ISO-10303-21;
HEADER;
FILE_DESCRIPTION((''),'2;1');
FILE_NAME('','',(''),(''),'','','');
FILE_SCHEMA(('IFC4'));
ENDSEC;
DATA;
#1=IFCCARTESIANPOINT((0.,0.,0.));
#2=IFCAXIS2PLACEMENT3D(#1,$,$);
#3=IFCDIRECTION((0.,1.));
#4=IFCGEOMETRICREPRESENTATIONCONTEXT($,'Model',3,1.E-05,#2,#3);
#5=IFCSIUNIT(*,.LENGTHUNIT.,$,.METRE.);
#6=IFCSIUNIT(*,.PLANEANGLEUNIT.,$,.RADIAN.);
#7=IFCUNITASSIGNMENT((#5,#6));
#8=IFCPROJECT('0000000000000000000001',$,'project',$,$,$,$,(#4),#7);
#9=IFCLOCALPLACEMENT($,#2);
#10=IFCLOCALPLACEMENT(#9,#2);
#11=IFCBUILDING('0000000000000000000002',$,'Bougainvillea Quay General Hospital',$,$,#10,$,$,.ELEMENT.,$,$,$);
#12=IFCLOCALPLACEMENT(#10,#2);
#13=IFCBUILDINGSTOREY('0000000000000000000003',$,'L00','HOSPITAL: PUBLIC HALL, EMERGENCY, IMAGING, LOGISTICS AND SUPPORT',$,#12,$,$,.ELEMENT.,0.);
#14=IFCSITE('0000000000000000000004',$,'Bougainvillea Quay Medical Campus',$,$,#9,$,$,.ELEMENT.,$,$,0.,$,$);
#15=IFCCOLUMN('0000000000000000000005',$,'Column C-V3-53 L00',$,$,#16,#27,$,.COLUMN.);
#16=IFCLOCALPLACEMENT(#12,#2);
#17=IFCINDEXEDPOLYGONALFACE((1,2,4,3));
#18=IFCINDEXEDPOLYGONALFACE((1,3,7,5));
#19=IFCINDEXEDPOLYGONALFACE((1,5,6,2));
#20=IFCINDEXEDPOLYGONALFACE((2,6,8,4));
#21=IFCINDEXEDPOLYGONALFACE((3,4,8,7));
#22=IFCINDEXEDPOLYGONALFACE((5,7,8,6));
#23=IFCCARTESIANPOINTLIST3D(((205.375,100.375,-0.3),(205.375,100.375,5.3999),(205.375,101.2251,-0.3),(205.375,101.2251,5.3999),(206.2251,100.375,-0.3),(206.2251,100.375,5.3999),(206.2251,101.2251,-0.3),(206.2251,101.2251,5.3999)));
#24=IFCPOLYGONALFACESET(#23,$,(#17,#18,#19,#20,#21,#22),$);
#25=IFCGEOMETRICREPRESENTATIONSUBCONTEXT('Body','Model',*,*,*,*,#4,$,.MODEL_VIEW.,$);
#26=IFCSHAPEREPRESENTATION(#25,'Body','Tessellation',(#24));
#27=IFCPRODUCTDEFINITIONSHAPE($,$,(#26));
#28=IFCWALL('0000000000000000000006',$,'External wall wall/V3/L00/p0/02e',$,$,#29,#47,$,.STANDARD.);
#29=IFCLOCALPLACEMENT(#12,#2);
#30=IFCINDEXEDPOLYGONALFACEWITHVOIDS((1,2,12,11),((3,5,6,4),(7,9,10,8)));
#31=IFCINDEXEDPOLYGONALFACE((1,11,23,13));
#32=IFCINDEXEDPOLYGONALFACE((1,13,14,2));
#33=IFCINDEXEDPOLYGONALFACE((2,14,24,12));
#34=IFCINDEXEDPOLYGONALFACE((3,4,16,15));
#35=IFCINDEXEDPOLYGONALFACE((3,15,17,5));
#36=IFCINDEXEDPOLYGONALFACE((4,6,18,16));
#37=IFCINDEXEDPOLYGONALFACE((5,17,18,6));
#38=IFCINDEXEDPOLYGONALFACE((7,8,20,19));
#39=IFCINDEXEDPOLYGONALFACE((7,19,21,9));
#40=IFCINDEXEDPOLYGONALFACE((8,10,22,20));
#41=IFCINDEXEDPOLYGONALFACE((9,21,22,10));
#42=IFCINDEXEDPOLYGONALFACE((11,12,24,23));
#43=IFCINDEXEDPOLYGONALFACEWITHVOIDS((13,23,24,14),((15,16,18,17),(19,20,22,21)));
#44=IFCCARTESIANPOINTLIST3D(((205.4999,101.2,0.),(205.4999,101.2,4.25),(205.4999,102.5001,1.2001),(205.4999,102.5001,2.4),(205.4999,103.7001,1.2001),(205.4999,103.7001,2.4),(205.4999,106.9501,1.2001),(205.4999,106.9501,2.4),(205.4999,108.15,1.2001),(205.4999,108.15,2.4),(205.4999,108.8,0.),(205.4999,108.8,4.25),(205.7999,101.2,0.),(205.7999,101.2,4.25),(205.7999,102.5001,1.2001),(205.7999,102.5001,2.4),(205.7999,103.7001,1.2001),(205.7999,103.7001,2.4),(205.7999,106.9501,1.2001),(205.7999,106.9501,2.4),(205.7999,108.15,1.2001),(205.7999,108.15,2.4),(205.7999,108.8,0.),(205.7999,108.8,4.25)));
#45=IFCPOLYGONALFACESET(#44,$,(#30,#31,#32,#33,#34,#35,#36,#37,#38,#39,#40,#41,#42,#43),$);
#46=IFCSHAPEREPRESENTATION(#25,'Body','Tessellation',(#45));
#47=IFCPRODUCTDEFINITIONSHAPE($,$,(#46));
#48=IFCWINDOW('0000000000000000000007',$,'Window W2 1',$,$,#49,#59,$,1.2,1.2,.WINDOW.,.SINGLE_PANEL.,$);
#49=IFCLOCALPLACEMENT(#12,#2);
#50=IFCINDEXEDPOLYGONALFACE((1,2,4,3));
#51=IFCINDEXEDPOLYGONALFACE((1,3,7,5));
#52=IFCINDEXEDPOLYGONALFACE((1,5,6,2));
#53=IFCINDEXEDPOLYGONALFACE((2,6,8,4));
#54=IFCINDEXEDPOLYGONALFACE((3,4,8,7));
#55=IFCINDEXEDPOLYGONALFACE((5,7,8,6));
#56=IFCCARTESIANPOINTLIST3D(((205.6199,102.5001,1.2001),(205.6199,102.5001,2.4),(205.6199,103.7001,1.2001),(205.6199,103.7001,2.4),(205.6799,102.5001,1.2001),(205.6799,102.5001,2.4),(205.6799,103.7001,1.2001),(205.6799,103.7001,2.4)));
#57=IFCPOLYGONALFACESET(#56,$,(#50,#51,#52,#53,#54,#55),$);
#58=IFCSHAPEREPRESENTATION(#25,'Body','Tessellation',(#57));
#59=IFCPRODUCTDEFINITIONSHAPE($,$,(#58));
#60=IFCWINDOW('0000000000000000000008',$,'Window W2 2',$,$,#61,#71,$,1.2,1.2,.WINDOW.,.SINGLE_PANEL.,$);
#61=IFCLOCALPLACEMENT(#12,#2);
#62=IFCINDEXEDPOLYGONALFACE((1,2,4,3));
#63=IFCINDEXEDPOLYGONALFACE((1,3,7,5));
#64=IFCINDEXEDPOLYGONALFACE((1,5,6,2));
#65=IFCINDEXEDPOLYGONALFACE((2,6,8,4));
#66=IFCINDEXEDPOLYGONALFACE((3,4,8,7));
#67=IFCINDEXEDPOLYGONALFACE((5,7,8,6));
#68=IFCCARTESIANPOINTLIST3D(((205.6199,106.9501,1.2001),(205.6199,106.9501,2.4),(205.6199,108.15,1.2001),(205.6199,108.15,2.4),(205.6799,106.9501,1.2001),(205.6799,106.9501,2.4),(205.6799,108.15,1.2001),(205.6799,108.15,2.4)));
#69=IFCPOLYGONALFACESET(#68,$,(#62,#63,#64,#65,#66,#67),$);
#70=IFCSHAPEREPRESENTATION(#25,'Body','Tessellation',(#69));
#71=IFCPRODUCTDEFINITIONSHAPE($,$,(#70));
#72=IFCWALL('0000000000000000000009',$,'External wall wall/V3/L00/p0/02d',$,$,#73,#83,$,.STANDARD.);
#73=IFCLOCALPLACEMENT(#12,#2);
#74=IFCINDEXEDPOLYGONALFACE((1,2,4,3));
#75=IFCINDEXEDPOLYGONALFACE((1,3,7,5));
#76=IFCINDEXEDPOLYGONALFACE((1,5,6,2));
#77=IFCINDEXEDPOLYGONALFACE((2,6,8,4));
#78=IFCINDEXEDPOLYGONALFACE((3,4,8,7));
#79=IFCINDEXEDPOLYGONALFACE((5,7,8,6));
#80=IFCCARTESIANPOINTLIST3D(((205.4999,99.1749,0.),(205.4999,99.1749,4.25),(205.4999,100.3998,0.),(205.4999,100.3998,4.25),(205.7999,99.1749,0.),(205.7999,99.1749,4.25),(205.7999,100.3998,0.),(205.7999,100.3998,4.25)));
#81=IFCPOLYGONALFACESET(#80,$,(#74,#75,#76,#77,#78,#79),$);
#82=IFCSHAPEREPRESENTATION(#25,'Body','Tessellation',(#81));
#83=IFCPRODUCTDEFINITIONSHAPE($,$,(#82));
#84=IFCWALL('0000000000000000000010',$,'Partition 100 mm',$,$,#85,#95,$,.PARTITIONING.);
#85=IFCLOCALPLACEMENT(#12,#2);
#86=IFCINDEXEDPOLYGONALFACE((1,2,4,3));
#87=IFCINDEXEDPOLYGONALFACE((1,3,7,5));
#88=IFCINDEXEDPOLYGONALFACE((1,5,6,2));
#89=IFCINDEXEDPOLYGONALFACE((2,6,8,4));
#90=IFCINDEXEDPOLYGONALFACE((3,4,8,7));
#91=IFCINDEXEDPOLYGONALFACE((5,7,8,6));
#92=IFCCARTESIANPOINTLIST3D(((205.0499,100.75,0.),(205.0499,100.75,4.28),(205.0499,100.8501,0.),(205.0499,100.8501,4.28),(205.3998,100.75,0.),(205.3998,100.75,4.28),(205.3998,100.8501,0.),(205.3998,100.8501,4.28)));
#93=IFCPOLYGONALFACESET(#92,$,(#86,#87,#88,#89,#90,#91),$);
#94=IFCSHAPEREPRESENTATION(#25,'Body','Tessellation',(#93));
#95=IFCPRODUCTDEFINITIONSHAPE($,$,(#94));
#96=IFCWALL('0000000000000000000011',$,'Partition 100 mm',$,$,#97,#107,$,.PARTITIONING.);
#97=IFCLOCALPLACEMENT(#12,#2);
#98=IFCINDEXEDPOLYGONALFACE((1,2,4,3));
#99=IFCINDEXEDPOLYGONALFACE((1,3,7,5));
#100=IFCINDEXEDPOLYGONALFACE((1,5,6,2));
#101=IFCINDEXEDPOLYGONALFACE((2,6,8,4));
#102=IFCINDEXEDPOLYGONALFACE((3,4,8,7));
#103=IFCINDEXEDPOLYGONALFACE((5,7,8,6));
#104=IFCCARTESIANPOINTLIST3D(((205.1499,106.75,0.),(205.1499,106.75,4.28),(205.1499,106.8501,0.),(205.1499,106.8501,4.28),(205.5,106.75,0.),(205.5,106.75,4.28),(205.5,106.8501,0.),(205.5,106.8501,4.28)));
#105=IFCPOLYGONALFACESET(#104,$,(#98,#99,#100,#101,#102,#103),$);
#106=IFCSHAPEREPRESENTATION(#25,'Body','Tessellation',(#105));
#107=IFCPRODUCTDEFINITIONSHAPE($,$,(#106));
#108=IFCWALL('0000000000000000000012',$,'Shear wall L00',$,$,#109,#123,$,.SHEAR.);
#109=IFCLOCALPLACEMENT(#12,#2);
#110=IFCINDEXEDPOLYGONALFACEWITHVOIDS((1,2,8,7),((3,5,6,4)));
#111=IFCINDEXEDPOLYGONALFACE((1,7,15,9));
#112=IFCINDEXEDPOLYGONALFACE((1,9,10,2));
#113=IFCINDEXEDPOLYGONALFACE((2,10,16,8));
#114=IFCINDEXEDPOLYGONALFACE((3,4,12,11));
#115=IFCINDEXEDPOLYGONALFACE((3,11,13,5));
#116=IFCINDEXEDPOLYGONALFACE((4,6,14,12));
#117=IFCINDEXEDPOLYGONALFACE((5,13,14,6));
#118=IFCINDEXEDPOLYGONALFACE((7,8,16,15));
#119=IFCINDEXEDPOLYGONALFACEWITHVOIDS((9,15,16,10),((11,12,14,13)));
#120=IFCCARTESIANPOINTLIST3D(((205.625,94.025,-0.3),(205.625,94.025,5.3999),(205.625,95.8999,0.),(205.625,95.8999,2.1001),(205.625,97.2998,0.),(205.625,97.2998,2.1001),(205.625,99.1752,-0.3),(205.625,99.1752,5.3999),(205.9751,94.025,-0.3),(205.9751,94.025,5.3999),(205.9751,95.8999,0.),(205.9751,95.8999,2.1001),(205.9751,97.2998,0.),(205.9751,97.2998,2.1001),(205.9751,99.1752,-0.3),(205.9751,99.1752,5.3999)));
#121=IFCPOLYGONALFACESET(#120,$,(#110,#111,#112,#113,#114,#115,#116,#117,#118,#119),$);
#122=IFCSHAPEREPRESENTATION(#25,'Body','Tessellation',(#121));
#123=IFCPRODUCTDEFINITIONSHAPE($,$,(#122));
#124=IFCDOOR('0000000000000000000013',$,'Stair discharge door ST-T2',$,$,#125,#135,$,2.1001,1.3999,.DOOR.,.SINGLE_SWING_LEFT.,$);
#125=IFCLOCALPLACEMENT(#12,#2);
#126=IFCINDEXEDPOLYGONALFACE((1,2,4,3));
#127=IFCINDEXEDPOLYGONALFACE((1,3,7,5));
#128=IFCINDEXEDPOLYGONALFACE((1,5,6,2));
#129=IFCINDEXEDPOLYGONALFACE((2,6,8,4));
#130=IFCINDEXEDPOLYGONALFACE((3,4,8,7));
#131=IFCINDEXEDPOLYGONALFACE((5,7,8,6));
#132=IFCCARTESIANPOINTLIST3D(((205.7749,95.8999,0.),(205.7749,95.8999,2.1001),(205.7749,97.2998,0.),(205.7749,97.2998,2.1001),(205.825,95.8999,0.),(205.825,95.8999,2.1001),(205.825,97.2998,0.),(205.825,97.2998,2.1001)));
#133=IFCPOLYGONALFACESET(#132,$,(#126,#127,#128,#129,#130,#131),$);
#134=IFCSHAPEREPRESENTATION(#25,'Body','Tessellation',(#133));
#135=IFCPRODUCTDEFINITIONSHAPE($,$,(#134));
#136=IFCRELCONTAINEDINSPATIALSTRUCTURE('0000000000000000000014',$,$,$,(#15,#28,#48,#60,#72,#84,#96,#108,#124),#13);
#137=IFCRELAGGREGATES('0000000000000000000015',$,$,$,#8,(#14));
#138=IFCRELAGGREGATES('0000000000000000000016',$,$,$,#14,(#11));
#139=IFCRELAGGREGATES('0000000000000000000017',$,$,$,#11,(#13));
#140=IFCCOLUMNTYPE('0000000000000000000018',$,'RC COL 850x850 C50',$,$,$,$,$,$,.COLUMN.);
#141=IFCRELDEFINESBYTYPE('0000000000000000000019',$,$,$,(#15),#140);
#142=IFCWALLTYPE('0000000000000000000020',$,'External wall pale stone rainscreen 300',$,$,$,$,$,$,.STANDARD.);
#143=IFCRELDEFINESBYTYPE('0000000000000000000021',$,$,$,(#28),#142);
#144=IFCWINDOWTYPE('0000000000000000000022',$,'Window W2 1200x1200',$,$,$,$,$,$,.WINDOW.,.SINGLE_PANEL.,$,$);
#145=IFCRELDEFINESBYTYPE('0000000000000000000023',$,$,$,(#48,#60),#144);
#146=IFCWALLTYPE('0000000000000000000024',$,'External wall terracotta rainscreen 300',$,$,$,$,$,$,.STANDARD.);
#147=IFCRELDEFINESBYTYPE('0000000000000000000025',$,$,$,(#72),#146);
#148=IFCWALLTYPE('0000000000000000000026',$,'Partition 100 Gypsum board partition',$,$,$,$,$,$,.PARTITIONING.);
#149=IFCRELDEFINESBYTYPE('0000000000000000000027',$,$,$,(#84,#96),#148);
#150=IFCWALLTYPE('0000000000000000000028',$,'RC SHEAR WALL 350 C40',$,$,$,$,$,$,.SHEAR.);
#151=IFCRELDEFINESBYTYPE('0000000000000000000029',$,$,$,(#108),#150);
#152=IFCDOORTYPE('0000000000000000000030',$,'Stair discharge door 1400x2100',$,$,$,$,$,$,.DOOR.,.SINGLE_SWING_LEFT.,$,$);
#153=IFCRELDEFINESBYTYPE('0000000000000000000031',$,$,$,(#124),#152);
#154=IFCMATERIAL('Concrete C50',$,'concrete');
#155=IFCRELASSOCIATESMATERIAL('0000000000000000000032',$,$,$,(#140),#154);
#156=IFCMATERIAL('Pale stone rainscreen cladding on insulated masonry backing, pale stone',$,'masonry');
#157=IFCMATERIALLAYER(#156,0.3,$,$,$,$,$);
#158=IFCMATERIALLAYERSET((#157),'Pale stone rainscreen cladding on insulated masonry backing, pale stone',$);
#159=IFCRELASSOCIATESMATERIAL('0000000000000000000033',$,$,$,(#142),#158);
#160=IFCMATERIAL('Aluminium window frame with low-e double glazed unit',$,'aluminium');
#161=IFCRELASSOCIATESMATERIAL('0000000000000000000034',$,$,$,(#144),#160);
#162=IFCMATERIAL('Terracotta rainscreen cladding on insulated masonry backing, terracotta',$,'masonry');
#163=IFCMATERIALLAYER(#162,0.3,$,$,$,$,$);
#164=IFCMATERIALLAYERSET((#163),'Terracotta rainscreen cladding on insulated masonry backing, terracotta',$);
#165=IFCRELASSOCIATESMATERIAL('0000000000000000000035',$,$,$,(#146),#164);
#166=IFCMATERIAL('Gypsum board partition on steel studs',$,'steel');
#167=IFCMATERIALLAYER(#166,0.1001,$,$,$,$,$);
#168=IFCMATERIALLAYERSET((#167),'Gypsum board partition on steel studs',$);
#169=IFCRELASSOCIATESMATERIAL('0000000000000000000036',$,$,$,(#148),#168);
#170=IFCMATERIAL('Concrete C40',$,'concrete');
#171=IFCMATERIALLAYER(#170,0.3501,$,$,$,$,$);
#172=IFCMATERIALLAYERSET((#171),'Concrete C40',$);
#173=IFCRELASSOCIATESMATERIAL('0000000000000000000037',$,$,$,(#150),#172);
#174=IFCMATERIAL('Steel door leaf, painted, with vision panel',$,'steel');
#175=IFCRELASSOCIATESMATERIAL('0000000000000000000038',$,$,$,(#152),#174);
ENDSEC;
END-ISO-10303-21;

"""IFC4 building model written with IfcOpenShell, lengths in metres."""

from ifc_helpers import new_model, si_unit, direction, frame, frame_2d, origin, origin_2d, place, context, subcontext, project, spatial, rectangle, extrude, material, layer, layer_set, material_profile, profile_set, type_object, element, fill, save


model = new_model("IFC4")

# Units and contexts
model_context = context("Model", 3, precision=1e-05, world=origin(), true_north=direction((0.0, 1.0)))
body_context = subcontext(model_context, "Body", "Model", "MODEL_VIEW")
ifc_project = project(units=[si_unit("LENGTHUNIT", "METRE"), si_unit("PLANEANGLEUNIT", "RADIAN")], contexts=[model_context])

# Site, building, storey
site_placement = place(None, origin())
site = spatial("IfcSite", under=ifc_project, at=site_placement, Name="Bougainvillea Quay Medical Campus", CompositionType="ELEMENT", RefElevation=0.0)
building_placement = place(site_placement, origin())
building = spatial("IfcBuilding", under=site, at=building_placement, Name="Bougainvillea Quay General Hospital", CompositionType="ELEMENT")
storey_placement = place(building_placement, origin())
storey = spatial("IfcBuildingStorey", under=building, at=storey_placement, Name="L00", Description="HOSPITAL: PUBLIC HALL, EMERGENCY, IMAGING, LOGISTICS AND SUPPORT", CompositionType="ELEMENT", Elevation=0.0)

# Shared definitions
ifc_material_1 = material(Name="Concrete C40", Category="concrete")

# Column
ifc_material_2 = material(Name="Concrete C50", Category="concrete")
ifc_material_profile_1 = material_profile(ifc_material_2, rectangle(XDim=0.8501, YDim=0.8501, at=origin_2d()))
ifc_profile_set_1 = profile_set([ifc_material_profile_1], Name="Concrete C50")
column_type = type_object("IfcColumnType", Name="RC COL 850x850 C50", PredefinedType="COLUMN", material=ifc_profile_set_1)
column_placement = place(storey_placement, frame((205.8, 100.8, -0.3), z_axis=(0.0, 0.0, 1.0), x_axis=(1.0, 0.0, 0.0)))
element("IfcColumn", 1, at=column_placement, inside=storey, type_object=column_type, Name="Column C-V3-53 L00", PredefinedType="COLUMN", context=body_context, shape_type="SweptSolid", body=[
    extrude(rectangle(XDim=0.8501, YDim=0.8501, at=origin_2d()), origin(), (0.0, 0.0, 1.0), 5.7),
])

# Wall, openings, windows
ifc_material_3 = material(Name="Pale stone rainscreen cladding on insulated masonry backing, pale stone", Category="masonry")
ifc_layer_1 = layer(ifc_material_3, 0.3)
ifc_layer_set_1 = layer_set([ifc_layer_1], Name="Pale stone rainscreen cladding on insulated masonry backing, pale stone")
wall_type_1 = type_object("IfcWallType", Name="External wall pale stone rainscreen 300", PredefinedType="STANDARD", material=ifc_layer_set_1)
wall_1_placement = place(storey_placement, frame((205.6499, 101.2, 0.0), z_axis=(0.0, 0.0, 1.0), x_axis=(0.0, 1.0, 0.0)))
wall_1 = element("IfcWall", 2, at=wall_1_placement, inside=storey, type_object=wall_type_1, Name="External wall wall/V3/L00/p0/02e", PredefinedType="STANDARD", context=body_context, shape_type="SweptSolid", body=[
    extrude(rectangle(XDim=7.6001, YDim=0.3, at=frame_2d((3.8, 0.0))), origin(), (0.0, 0.0, 1.0), 4.25),
])
opening_1_placement = place(wall_1_placement, frame((1.3, 0.0, 1.2)))
opening_1 = element("IfcOpeningElement", 3, at=opening_1_placement, cuts=wall_1, PredefinedType="OPENING", context=body_context, shape_type="SweptSolid", body=[
    extrude(rectangle(XDim=1.2, YDim=1.2, at=frame_2d((0.6001, 0.6001))), frame((0.0, 0.1599, 0.0), z_axis=(0.0, -1.0, 0.0), x_axis=(1.0, 0.0, 0.0)), (0.0, 0.0, 1.0), 0.3201),
])
opening_2_placement = place(wall_1_placement, frame((5.75, 0.0, 1.2)))
opening_2 = element("IfcOpeningElement", 4, at=opening_2_placement, cuts=wall_1, PredefinedType="OPENING", context=body_context, shape_type="SweptSolid", body=[
    extrude(rectangle(XDim=1.2, YDim=1.2, at=frame_2d((0.6001, 0.6001))), frame((0.0, 0.1599, 0.0), z_axis=(0.0, -1.0, 0.0), x_axis=(1.0, 0.0, 0.0)), (0.0, 0.0, 1.0), 0.3201),
])
ifc_material_4 = material(Name="Aluminium window frame with low-e double glazed unit", Category="aluminium")
window_type = type_object("IfcWindowType", Name="Window W2 1200x1200", PartitioningType="SINGLE_PANEL", PredefinedType="WINDOW", material=ifc_material_4)
window_1_placement = place(opening_1_placement, origin())
window_1 = element("IfcWindow", 5, at=window_1_placement, inside=storey, type_object=window_type, Name="Window W2 1", OverallHeight=1.2, OverallWidth=1.2, PartitioningType="SINGLE_PANEL", PredefinedType="WINDOW", context=body_context, shape_type="SweptSolid", body=[
    extrude(rectangle(XDim=1.2, YDim=1.2, at=frame_2d((0.6001, 0.6001))), frame((0.0, 0.03, 0.0), z_axis=(0.0, -1.0, 0.0), x_axis=(1.0, 0.0, 0.0)), (0.0, 0.0, 1.0), 0.0601),
])
fill(opening_1, window_1)
window_2_placement = place(opening_2_placement, origin())
window_2 = element("IfcWindow", 6, at=window_2_placement, inside=storey, type_object=window_type, Name="Window W2 2", OverallHeight=1.2, OverallWidth=1.2, PartitioningType="SINGLE_PANEL", PredefinedType="WINDOW", context=body_context, shape_type="SweptSolid", body=[
    extrude(rectangle(XDim=1.2, YDim=1.2, at=frame_2d((0.6001, 0.6001))), frame((0.0, 0.03, 0.0), z_axis=(0.0, -1.0, 0.0), x_axis=(1.0, 0.0, 0.0)), (0.0, 0.0, 1.0), 0.0601),
])
fill(opening_2, window_2)

# Walls
ifc_material_5 = material(Name="Terracotta rainscreen cladding on insulated masonry backing, terracotta", Category="masonry")
ifc_layer_2 = layer(ifc_material_5, 0.3)
ifc_layer_set_2 = layer_set([ifc_layer_2], Name="Terracotta rainscreen cladding on insulated masonry backing, terracotta")
wall_type_2 = type_object("IfcWallType", Name="External wall terracotta rainscreen 300", PredefinedType="STANDARD", material=ifc_layer_set_2)
wall_2_placement = place(storey_placement, frame((205.6499, 99.175, 0.0), z_axis=(0.0, 0.0, 1.0), x_axis=(0.0, 1.0, 0.0)))
element("IfcWall", 7, at=wall_2_placement, inside=storey, type_object=wall_type_2, Name="External wall wall/V3/L00/p0/02d", PredefinedType="STANDARD", context=body_context, shape_type="SweptSolid", body=[
    extrude(rectangle(XDim=1.2249, YDim=0.3, at=frame_2d((0.6123, 0.0))), origin(), (0.0, 0.0, 1.0), 4.25),
])
ifc_material_6 = material(Name="Gypsum board partition on steel studs", Category="steel")
ifc_layer_3 = layer(ifc_material_6, 0.1001)
ifc_layer_set_3 = layer_set([ifc_layer_3], Name="Gypsum board partition on steel studs")
wall_type_3 = type_object("IfcWallType", Name="Partition 100 Gypsum board partition", PredefinedType="PARTITIONING", material=ifc_layer_set_3)
wall_3_placement = place(storey_placement, frame((205.05, 100.8, 0.0), z_axis=(0.0, 0.0, 1.0), x_axis=(1.0, 0.0, 0.0)))
element("IfcWall", 8, at=wall_3_placement, inside=storey, type_object=wall_type_3, Name="Partition 100 mm", PredefinedType="PARTITIONING", context=body_context, shape_type="SweptSolid", body=[
    extrude(rectangle(XDim=0.3499, YDim=0.1001, at=frame_2d((0.1748, 0.0))), origin(), (0.0, 0.0, 1.0), 4.28),
])
wall_4_placement = place(storey_placement, frame((205.1499, 106.8, 0.0), z_axis=(0.0, 0.0, 1.0), x_axis=(1.0, 0.0, 0.0)))
element("IfcWall", 9, at=wall_4_placement, inside=storey, type_object=wall_type_3, Name="Partition 100 mm", PredefinedType="PARTITIONING", context=body_context, shape_type="SweptSolid", body=[
    extrude(rectangle(XDim=0.3501, YDim=0.1001, at=frame_2d((0.175, 0.0))), origin(), (0.0, 0.0, 1.0), 4.28),
])

# Wall, opening, door
ifc_layer_4 = layer(ifc_material_1, 0.3501)
ifc_layer_set_4 = layer_set([ifc_layer_4], Name="Concrete C40")
wall_type_4 = type_object("IfcWallType", Name="RC SHEAR WALL 350 C40", PredefinedType="SHEAR", material=ifc_layer_set_4)
wall_5_placement = place(storey_placement, frame((205.8, 94.0249, -0.3), z_axis=(0.0, 0.0, 1.0), x_axis=(0.0, 1.0, 0.0)))
wall_5 = element("IfcWall", 10, at=wall_5_placement, inside=storey, type_object=wall_type_4, Name="Shear wall L00", PredefinedType="SHEAR", context=body_context, shape_type="SweptSolid", body=[
    extrude(rectangle(XDim=5.1501, YDim=0.3501, at=frame_2d((2.5752, 0.0))), origin(), (0.0, 0.0, 1.0), 5.7),
])
opening_3_placement = place(wall_5_placement, frame((1.875, 0.0, 0.3)))
opening_3 = element("IfcOpeningElement", 11, at=opening_3_placement, cuts=wall_5, PredefinedType="OPENING", context=body_context, shape_type="SweptSolid", body=[
    extrude(rectangle(XDim=1.3999, YDim=2.1001, at=frame_2d((0.7, 1.05))), frame((0.0, 0.1851, 0.0), z_axis=(0.0, -1.0, 0.0), x_axis=(1.0, 0.0, 0.0)), (0.0, 0.0, 1.0), 0.3701),
])
ifc_material_7 = material(Name="Steel door leaf, painted, with vision panel", Category="steel")
door_type = type_object("IfcDoorType", Name="Stair discharge door 1400x2100", OperationType="SINGLE_SWING_LEFT", PredefinedType="DOOR", material=ifc_material_7)
door_placement = place(opening_3_placement, frame((1.3999, 0.0, 0.0), z_axis=(0.0, 0.0, 1.0), x_axis=(-1.0, 0.0, 0.0)))
door = element("IfcDoor", 12, at=door_placement, inside=storey, type_object=door_type, Name="Stair discharge door ST-T2", OperationType="SINGLE_SWING_LEFT", OverallHeight=2.1001, OverallWidth=1.3999, PredefinedType="DOOR", context=body_context, shape_type="SweptSolid", body=[
    extrude(rectangle(XDim=1.3999, YDim=2.1001, at=frame_2d((0.7, 1.05))), frame((0.0, 0.0249, 0.0), z_axis=(0.0, -1.0, 0.0), x_axis=(1.0, 0.0, 0.0)), (0.0, 0.0, 1.0), 0.05),
])
fill(opening_3, door)

save(model, "model.ifc")
